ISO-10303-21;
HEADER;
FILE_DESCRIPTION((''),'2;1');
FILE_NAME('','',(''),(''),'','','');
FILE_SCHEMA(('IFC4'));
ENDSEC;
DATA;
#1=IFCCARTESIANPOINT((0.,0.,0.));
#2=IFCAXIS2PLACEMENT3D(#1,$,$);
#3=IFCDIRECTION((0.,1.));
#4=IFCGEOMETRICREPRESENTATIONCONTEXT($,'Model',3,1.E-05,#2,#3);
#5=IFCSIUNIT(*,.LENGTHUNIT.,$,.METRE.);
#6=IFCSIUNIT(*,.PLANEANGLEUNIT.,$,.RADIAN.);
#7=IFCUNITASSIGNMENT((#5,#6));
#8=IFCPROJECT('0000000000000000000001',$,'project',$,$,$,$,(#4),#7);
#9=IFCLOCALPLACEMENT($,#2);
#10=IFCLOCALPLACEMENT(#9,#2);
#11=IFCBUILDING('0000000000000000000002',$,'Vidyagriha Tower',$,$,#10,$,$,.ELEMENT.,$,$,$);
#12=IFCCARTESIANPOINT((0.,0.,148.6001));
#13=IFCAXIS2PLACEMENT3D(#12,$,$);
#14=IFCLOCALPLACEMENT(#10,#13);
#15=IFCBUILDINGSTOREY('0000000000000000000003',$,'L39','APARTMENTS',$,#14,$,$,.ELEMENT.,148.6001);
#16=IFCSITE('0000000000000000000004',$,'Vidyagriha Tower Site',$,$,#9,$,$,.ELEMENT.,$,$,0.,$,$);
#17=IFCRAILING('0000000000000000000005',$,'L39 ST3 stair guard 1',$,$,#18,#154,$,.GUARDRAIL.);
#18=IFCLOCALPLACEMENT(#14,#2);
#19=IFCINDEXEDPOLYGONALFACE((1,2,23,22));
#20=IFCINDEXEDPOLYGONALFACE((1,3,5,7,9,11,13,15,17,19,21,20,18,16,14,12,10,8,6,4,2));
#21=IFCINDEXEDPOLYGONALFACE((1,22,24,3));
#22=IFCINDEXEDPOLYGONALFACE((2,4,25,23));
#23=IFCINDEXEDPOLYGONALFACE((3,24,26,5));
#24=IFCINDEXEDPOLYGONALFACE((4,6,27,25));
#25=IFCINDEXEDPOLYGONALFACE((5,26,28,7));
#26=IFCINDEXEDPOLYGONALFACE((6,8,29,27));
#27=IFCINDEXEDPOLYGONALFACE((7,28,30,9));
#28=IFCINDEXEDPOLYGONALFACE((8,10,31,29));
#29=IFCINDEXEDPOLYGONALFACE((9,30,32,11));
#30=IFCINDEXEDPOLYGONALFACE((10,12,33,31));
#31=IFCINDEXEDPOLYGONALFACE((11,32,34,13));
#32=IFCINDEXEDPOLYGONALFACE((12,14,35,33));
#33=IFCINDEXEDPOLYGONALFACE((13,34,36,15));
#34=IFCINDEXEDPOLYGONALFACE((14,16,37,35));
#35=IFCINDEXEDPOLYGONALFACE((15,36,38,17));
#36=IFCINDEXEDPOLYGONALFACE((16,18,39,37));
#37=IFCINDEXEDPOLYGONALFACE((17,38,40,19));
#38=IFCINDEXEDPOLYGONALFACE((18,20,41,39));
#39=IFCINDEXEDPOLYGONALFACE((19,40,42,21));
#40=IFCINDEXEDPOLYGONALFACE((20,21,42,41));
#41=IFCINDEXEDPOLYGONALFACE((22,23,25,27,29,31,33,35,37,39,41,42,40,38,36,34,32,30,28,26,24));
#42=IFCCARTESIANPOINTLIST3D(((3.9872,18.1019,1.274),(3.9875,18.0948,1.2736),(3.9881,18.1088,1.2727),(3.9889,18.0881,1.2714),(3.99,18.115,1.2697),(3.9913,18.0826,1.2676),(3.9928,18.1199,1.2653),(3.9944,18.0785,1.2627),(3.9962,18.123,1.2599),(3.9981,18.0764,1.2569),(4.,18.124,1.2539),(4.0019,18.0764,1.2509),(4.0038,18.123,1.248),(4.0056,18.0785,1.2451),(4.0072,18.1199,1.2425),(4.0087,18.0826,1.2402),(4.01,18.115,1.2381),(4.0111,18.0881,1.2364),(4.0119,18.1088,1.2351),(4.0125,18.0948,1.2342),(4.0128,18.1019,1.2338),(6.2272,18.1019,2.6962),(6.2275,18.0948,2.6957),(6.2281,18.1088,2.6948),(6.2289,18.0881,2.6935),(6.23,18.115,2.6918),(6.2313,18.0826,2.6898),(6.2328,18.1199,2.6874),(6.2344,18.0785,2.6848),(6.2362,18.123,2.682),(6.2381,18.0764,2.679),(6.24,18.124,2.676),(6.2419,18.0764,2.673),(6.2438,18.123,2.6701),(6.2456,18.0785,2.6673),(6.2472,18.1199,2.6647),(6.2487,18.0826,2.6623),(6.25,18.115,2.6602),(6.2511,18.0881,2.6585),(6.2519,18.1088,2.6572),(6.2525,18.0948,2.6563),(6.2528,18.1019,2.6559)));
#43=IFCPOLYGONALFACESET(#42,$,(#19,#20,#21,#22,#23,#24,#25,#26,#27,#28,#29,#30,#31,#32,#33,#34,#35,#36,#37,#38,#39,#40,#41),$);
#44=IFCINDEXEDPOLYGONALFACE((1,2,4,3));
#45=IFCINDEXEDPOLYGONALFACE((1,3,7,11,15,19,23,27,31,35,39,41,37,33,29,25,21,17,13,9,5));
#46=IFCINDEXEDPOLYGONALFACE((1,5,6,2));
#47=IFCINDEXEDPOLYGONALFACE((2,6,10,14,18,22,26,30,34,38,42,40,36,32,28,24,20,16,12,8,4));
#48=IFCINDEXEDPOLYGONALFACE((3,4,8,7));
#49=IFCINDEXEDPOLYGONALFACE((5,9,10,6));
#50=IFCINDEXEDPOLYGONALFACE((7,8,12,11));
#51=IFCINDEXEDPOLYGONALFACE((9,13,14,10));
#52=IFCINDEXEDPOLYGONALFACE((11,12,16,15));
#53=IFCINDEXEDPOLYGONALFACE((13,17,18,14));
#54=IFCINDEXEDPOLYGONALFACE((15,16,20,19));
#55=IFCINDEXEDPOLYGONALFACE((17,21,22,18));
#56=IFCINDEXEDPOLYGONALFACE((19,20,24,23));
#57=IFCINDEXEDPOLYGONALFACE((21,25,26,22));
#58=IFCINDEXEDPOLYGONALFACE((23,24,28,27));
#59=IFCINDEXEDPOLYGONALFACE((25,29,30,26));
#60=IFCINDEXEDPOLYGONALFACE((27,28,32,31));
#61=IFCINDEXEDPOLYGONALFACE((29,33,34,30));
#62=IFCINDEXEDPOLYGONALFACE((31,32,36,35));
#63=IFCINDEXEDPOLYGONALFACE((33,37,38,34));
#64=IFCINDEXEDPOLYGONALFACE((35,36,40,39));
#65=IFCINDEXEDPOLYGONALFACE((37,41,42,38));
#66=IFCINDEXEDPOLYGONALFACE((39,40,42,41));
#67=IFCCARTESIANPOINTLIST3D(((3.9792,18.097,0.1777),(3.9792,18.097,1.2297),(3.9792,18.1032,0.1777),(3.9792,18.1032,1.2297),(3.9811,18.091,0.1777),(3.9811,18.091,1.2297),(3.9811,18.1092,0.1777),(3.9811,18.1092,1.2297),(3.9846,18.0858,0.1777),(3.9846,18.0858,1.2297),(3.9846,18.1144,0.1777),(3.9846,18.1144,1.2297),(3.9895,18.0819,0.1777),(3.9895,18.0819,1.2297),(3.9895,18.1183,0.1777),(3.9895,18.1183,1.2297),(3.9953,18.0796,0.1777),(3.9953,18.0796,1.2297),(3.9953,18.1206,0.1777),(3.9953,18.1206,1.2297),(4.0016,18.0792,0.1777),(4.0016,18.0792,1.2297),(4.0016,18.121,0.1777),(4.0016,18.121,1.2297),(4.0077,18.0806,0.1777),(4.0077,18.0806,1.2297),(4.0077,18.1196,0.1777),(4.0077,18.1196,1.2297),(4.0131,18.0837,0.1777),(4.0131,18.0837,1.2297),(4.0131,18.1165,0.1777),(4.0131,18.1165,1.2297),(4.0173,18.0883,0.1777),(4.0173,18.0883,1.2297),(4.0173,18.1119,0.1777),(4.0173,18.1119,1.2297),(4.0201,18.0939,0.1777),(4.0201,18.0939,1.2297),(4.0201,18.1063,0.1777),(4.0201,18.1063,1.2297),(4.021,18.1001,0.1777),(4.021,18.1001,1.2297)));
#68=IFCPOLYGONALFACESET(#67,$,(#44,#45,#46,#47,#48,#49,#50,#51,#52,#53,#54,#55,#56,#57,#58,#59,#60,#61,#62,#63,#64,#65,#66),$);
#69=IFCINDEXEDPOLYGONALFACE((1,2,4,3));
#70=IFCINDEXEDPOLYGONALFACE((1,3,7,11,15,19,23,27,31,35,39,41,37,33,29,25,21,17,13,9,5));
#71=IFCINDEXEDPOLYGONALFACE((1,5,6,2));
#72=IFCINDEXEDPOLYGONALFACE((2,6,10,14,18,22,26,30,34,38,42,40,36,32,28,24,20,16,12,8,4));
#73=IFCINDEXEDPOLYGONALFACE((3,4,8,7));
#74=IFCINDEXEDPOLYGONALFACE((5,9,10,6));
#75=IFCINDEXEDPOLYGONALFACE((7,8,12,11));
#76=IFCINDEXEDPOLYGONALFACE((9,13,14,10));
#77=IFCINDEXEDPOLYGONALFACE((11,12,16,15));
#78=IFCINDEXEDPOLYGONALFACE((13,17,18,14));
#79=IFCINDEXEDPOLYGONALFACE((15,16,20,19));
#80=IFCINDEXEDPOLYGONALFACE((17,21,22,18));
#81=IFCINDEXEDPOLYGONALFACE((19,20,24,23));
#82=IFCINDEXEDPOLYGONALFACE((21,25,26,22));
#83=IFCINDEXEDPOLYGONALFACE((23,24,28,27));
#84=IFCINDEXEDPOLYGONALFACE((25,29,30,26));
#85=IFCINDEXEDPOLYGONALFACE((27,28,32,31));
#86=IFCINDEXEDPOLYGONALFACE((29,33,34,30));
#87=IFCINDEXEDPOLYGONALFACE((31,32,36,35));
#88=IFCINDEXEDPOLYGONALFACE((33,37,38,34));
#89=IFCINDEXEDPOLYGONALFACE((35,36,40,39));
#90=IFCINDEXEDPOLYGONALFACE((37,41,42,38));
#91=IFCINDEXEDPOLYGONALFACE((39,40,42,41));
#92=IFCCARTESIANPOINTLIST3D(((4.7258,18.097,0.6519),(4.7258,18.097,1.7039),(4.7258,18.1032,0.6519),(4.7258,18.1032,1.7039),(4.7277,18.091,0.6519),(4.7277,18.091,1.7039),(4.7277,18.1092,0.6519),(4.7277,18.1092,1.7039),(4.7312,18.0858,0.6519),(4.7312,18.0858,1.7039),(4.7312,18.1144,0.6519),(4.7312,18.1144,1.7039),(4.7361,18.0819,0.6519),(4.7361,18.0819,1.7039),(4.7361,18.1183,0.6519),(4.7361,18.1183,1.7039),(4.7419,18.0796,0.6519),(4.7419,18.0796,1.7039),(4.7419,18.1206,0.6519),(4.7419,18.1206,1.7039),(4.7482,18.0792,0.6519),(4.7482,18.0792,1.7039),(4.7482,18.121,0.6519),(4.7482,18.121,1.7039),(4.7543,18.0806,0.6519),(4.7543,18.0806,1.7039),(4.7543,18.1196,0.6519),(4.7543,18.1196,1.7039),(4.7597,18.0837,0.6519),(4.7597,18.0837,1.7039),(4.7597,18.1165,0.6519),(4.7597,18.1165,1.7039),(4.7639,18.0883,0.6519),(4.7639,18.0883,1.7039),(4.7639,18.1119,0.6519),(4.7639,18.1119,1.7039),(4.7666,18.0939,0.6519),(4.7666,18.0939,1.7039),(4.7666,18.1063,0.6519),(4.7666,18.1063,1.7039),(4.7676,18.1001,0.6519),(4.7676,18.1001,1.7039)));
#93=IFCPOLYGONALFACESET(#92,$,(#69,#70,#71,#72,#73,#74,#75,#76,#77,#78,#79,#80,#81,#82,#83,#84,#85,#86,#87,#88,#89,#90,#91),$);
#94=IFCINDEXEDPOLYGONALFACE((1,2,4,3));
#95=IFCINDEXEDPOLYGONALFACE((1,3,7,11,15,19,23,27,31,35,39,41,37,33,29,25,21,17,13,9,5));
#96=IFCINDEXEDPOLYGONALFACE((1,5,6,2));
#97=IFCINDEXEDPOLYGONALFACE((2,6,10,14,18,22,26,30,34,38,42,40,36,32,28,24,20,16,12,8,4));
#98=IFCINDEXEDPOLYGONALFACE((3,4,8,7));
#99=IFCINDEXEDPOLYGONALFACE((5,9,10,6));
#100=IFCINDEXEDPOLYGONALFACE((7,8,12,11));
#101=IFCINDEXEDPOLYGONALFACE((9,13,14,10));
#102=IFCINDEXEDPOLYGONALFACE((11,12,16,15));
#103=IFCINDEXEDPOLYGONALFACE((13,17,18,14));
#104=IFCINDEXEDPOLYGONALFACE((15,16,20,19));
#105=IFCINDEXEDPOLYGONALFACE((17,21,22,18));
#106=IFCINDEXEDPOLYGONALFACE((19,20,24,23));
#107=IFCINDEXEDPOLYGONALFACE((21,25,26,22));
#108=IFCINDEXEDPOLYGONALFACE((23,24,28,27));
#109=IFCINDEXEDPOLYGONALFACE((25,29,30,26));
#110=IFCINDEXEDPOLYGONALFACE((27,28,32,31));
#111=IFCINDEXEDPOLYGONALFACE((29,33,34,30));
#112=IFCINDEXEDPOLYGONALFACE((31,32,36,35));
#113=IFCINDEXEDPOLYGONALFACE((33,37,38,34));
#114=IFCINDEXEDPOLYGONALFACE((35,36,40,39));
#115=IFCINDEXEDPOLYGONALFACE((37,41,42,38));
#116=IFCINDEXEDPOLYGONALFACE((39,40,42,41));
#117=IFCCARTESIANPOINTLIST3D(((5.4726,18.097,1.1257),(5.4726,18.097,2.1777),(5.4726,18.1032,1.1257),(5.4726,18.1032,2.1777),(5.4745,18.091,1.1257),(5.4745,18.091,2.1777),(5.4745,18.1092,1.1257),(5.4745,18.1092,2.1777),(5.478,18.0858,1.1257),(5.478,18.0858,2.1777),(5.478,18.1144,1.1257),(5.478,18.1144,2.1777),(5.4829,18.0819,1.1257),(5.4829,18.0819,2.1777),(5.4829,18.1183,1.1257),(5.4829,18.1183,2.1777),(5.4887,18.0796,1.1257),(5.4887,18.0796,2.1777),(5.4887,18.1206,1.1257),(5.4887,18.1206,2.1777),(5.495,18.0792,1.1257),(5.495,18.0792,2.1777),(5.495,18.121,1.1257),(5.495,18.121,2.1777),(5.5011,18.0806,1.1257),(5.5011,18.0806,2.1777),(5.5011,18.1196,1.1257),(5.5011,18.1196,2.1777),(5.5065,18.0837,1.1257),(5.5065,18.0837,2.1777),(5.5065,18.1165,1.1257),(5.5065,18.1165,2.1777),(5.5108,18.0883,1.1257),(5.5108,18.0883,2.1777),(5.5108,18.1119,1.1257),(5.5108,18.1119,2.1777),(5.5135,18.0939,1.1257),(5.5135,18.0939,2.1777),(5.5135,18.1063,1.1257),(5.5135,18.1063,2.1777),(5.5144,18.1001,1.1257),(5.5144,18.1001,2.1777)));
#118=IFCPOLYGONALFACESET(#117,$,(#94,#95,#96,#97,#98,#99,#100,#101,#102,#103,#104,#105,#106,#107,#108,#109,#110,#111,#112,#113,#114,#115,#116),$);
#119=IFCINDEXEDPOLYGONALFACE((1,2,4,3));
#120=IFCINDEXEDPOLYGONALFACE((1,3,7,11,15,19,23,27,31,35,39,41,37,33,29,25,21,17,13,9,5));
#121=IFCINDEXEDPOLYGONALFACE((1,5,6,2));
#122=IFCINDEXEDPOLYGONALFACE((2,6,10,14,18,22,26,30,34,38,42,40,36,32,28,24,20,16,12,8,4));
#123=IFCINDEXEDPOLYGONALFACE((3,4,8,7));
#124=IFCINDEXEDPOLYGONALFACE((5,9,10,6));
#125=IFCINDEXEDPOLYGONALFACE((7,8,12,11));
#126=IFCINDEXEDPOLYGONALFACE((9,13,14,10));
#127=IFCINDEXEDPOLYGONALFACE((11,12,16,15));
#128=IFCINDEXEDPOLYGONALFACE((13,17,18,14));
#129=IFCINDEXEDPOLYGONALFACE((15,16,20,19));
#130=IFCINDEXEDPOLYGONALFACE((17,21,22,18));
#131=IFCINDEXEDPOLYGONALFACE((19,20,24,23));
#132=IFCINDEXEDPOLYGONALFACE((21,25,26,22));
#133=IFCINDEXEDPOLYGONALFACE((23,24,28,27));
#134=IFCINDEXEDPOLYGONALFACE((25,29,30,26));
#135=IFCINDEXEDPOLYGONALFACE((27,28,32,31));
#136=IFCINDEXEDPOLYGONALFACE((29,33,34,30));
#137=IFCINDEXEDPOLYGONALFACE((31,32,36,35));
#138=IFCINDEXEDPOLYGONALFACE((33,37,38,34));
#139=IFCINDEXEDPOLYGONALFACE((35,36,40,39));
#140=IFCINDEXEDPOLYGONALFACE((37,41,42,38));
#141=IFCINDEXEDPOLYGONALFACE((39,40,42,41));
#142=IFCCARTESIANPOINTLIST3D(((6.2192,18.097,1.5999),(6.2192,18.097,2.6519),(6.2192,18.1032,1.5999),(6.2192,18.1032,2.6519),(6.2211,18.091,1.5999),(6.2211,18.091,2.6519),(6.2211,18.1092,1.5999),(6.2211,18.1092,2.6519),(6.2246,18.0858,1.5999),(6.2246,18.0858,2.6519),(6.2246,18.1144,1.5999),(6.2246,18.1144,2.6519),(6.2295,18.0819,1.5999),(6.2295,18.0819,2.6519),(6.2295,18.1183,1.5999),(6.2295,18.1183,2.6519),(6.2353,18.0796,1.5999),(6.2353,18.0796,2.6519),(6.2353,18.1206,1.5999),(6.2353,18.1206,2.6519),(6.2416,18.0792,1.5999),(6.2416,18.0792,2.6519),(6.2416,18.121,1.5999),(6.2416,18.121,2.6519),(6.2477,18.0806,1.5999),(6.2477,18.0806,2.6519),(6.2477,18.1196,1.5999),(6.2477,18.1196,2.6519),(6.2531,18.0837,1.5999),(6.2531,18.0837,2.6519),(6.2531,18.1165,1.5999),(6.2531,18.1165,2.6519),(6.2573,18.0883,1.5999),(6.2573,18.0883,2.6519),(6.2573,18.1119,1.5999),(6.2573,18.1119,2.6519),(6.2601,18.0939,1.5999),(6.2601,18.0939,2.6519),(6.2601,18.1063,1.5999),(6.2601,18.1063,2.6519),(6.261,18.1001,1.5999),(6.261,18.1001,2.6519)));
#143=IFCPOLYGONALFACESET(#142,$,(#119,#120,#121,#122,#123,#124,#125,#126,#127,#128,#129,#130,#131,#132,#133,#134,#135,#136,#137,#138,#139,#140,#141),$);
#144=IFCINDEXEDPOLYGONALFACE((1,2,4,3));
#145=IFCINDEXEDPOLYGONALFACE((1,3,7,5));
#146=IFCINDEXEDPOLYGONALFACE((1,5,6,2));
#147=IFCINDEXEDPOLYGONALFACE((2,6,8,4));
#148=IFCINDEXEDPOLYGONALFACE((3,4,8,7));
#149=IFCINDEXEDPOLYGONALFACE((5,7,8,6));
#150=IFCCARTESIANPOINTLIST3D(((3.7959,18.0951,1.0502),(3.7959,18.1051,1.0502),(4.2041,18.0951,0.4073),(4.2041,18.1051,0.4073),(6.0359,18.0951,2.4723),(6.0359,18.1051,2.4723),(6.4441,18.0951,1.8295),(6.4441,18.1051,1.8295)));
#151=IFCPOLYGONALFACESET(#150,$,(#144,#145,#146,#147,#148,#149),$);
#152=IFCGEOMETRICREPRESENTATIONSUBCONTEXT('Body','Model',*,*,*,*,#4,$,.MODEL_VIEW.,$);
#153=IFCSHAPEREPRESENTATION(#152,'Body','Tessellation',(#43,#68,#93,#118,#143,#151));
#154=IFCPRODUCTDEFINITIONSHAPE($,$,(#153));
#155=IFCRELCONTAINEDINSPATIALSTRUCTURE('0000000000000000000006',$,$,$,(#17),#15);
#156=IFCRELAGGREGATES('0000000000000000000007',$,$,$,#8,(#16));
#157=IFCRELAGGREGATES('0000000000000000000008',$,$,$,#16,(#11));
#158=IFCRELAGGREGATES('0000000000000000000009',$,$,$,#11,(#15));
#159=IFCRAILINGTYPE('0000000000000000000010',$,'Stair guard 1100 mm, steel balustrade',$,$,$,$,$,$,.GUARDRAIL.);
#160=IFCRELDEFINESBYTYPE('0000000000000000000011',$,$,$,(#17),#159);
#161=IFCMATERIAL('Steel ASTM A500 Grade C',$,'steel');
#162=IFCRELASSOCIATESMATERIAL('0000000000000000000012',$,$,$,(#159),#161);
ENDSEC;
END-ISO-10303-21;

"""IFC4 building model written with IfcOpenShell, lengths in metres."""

from ifc_helpers import new_model, si_unit, direction, frame, origin, origin_2d, place, context, subcontext, project, spatial, rectangle, circle, extrude, material, type_object, element, save


model = new_model("IFC4")

# Units and contexts
model_context = context("Model", 3, precision=1e-05, world=origin(), true_north=direction((0.0, 1.0)))
body_context = subcontext(model_context, "Body", "Model", "MODEL_VIEW")
ifc_project = project(units=[si_unit("LENGTHUNIT", "METRE"), si_unit("PLANEANGLEUNIT", "RADIAN")], contexts=[model_context])

# Site, building, storey
site_placement = place(None, origin())
site = spatial("IfcSite", under=ifc_project, at=site_placement, Name="Vidyagriha Tower Site", CompositionType="ELEMENT", RefElevation=0.0)
building_placement = place(site_placement, origin())
building = spatial("IfcBuilding", under=site, at=building_placement, Name="Vidyagriha Tower", CompositionType="ELEMENT")
storey_placement = place(building_placement, frame((0.0, 0.0, 148.6001)))
storey = spatial("IfcBuildingStorey", under=building, at=storey_placement, Name="L39", Description="APARTMENTS", CompositionType="ELEMENT", Elevation=148.6001)

# Railing
ifc_material_1 = material(Name="Steel ASTM A500 Grade C", Category="steel")
railing_type_1 = type_object("IfcRailingType", Name="Stair guard 1100 mm, steel balustrade", PredefinedType="GUARDRAIL", material=ifc_material_1)
railing_1_placement = place(storey_placement, frame((4.0, 18.1001, 0.1777)))
element("IfcRailing", 1, at=railing_1_placement, inside=storey, type_object=railing_type_1, Name="L39 ST3 stair guard 1", PredefinedType="GUARDRAIL", context=body_context, shape_type="SweptSolid", body=[
    extrude(circle(Radius=0.0239, at=origin_2d()), frame((0.0, 0.0, 1.0762), z_axis=(0.844229, 0.0, 0.535982), x_axis=(0.0, 1.0, 0.0)), (0.0, 0.0, 1.0), 2.6533),
    extrude(circle(Radius=0.021, at=origin_2d()), origin(), (0.0, 0.0, 1.0), 1.052),
    extrude(circle(Radius=0.021, at=origin_2d()), frame((0.7466, 0.0, 0.4741)), (0.0, 0.0, 1.0), 1.052),
    extrude(circle(Radius=0.021, at=origin_2d()), frame((1.4934, 0.0, 0.948)), (0.0, 0.0, 1.0), 1.052),
    extrude(circle(Radius=0.021, at=origin_2d()), frame((2.24, 0.0, 1.4221)), (0.0, 0.0, 1.0), 1.052),
    extrude(rectangle(XDim=0.01, YDim=0.7615, at=origin_2d()), frame((0.0, 0.0, 0.551), z_axis=(0.844229, 0.0, 0.535982), x_axis=(0.0, 1.0, 0.0)), (0.0, 0.0, 1.0), 2.6533),
])

save(model, "model.ifc")
